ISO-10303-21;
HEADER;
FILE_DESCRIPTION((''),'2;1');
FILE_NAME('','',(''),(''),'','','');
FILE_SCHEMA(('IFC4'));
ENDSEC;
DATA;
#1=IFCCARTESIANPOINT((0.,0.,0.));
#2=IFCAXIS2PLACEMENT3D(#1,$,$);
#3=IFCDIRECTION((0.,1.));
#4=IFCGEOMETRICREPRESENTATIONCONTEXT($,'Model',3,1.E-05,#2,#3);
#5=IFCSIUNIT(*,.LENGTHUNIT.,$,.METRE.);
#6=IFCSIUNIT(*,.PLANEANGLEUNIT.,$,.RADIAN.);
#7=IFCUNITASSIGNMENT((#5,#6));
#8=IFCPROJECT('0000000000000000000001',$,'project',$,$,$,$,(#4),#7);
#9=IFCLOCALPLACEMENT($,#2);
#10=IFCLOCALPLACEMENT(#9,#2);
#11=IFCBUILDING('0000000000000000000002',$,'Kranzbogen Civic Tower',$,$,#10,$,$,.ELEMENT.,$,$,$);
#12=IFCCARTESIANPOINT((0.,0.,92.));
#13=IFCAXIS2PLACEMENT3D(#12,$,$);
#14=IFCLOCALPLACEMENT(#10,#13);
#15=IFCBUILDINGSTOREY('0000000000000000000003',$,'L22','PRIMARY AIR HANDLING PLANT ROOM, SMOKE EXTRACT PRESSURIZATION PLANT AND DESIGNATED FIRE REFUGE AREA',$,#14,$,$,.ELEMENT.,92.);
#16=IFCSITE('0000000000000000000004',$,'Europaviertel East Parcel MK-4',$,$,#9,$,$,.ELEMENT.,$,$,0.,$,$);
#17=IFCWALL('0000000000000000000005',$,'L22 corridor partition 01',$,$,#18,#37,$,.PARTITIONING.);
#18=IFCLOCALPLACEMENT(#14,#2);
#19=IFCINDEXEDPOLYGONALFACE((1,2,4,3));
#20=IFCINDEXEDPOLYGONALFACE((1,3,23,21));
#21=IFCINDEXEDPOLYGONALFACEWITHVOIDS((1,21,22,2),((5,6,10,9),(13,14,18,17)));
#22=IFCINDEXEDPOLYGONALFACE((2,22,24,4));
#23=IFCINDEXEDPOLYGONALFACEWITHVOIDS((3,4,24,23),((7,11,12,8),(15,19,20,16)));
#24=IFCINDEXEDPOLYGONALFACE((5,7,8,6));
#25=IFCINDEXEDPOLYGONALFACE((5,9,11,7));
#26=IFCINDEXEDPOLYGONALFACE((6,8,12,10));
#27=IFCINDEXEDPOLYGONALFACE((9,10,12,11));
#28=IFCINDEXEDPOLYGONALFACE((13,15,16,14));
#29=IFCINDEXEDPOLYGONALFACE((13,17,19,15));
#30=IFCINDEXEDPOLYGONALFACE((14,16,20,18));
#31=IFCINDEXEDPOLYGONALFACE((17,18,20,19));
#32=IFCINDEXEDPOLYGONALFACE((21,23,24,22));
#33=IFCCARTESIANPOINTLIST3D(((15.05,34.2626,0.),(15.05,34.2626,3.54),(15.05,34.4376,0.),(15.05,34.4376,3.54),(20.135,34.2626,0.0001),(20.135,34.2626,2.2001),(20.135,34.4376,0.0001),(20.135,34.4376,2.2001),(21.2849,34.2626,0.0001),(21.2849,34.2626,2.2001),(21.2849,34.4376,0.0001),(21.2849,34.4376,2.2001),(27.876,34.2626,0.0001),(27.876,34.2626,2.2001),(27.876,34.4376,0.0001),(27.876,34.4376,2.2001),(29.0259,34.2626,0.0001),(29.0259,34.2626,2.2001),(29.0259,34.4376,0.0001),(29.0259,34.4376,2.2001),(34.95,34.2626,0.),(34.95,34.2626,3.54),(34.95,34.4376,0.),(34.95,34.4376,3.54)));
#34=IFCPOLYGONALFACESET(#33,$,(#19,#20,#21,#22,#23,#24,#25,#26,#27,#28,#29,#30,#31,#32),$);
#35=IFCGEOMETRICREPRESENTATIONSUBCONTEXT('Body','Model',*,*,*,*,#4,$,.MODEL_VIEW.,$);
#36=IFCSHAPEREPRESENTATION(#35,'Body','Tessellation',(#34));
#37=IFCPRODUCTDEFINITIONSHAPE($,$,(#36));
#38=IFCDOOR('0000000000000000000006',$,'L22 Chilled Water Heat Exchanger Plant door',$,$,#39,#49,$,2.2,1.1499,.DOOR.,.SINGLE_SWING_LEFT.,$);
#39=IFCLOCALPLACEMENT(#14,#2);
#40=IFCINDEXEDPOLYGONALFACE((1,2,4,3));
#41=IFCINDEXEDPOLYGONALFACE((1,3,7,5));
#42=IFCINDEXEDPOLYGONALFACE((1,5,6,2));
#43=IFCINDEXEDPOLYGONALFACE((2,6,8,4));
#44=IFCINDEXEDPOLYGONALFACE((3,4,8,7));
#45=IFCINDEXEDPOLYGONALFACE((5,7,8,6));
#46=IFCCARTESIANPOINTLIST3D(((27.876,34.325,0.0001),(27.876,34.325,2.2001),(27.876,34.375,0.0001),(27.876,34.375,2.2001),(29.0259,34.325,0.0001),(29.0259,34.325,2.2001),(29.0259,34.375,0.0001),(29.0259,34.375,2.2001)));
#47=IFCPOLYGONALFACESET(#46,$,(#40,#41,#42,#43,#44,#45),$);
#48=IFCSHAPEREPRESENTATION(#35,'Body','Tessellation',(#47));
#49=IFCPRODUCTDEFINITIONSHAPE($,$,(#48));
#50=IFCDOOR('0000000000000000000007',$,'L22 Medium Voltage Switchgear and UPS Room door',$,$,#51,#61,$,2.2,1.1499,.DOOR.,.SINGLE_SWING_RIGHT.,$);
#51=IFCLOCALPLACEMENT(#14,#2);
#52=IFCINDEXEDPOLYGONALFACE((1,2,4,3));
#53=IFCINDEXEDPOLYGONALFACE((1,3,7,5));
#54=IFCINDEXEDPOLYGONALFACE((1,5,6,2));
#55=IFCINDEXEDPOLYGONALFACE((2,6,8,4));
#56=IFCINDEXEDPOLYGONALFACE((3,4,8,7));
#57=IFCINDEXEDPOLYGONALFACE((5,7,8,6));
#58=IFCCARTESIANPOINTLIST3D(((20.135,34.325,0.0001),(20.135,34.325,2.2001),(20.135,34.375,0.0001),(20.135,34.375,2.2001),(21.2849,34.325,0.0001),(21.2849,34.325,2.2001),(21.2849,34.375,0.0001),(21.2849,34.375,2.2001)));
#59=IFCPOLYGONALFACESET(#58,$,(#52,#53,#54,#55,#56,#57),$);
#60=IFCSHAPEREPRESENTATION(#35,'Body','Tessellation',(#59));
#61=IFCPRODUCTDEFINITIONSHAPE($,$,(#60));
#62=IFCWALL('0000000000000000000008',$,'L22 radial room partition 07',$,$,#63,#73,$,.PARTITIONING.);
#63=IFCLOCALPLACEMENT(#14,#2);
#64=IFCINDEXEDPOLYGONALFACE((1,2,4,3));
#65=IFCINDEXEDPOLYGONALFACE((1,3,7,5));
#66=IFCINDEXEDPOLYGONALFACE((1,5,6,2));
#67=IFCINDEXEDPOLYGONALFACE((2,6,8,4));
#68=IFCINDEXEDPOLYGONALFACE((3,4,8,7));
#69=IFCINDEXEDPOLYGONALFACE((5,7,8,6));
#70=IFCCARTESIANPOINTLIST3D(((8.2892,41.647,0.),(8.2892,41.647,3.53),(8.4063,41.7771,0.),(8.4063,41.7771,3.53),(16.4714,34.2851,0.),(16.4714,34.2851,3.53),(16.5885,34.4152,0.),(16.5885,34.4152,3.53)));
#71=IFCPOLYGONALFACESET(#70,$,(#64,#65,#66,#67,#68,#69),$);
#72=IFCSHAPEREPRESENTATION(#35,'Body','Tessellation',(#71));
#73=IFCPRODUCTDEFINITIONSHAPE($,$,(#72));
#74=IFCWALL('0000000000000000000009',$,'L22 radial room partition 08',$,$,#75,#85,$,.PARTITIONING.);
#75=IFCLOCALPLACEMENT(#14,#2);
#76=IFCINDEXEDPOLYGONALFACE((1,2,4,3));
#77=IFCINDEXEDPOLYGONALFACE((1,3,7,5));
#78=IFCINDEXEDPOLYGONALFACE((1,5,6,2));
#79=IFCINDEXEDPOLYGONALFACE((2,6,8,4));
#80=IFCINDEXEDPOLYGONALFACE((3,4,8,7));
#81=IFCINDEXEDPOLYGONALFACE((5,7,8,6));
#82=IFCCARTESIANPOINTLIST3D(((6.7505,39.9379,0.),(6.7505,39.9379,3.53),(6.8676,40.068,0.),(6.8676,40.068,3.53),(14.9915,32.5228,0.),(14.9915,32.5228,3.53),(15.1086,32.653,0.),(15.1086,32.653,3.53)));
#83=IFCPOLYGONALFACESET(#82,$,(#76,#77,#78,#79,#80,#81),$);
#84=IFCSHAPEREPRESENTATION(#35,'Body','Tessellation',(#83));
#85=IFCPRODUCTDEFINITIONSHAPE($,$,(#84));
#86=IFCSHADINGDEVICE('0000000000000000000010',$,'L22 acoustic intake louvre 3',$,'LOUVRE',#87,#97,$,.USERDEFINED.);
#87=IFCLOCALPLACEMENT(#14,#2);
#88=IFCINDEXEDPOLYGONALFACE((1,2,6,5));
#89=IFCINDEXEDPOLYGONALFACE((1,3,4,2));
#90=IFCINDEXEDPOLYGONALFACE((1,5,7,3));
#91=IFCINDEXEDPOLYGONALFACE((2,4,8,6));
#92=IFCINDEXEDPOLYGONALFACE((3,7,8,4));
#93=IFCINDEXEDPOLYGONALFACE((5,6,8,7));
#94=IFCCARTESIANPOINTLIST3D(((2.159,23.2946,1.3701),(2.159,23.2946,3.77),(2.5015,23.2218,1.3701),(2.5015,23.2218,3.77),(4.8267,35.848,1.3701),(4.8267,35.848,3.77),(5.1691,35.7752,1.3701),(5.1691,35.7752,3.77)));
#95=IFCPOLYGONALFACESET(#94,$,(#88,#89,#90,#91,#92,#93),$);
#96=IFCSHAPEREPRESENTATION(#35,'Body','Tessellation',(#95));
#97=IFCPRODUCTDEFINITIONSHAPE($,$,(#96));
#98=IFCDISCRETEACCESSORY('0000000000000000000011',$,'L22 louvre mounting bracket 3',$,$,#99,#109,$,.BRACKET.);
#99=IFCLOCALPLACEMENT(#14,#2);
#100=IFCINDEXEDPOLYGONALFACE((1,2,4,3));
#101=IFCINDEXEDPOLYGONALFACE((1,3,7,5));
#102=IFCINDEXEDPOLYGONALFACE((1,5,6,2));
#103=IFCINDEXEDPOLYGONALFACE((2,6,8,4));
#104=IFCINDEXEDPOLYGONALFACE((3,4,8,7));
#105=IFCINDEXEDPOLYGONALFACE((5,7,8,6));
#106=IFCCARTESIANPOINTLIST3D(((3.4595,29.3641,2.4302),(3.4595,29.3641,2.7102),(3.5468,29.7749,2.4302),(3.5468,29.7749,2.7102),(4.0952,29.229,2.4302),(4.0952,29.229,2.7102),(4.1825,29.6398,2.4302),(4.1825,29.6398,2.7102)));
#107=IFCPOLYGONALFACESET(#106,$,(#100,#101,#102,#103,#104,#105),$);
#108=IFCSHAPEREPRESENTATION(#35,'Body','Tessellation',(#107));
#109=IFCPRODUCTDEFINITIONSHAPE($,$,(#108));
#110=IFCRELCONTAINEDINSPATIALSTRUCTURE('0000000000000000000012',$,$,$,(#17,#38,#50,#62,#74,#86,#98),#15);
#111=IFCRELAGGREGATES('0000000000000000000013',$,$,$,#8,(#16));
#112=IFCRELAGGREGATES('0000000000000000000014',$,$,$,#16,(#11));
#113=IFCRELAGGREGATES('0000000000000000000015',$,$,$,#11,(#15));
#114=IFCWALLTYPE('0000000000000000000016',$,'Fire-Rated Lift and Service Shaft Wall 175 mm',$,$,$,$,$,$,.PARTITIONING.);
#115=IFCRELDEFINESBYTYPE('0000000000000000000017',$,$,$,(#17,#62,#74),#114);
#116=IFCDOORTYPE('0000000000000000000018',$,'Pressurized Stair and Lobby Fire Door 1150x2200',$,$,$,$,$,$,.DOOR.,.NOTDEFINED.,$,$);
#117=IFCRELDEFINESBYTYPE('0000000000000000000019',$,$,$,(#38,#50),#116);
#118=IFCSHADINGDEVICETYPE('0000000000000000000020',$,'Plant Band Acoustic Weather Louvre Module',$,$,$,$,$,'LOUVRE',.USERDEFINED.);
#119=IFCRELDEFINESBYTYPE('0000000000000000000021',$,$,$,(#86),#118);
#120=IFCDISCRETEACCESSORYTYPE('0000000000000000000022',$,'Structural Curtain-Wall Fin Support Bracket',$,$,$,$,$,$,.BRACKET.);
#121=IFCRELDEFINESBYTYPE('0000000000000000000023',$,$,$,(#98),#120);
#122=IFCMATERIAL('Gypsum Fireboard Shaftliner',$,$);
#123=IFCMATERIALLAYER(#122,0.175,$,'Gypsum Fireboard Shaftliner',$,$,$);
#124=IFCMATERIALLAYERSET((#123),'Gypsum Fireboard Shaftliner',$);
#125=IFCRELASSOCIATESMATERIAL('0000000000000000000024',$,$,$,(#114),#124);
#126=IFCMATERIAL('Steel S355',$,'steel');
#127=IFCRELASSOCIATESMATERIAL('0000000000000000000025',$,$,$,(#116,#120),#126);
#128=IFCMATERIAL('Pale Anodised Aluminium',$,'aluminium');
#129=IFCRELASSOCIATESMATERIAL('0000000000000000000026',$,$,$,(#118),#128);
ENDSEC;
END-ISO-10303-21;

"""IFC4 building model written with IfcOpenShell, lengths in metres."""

from ifc_helpers import new_model, si_unit, direction, frame, frame_2d, origin, origin_2d, place, context, subcontext, project, spatial, rectangle, extrude, material, layer, layer_set, type_object, element, fill, save


model = new_model("IFC4")

# Units and contexts
model_context = context("Model", 3, precision=1e-05, world=origin(), true_north=direction((0.0, 1.0)))
body_context = subcontext(model_context, "Body", "Model", "MODEL_VIEW")
ifc_project = project(units=[si_unit("LENGTHUNIT", "METRE"), si_unit("PLANEANGLEUNIT", "RADIAN")], contexts=[model_context])

# Site, building, storey
site_placement = place(None, origin())
site = spatial("IfcSite", under=ifc_project, at=site_placement, Name="Europaviertel East Parcel MK-4", CompositionType="ELEMENT", RefElevation=0.0)
building_placement = place(site_placement, origin())
building = spatial("IfcBuilding", under=site, at=building_placement, Name="Kranzbogen Civic Tower", CompositionType="ELEMENT")
storey_placement = place(building_placement, frame((0.0, 0.0, 92.0)))
storey = spatial("IfcBuildingStorey", under=building, at=storey_placement, Name="L22", Description="PRIMARY AIR HANDLING PLANT ROOM, SMOKE EXTRACT PRESSURIZATION PLANT AND DESIGNATED FIRE REFUGE AREA", CompositionType="ELEMENT", Elevation=92.0)

# Shared definitions
ifc_material_1 = material(Name="Steel S355", Category="steel")

# Wall, openings, doors
ifc_material_2 = material(Name="Gypsum Fireboard Shaftliner")
ifc_layer_1 = layer(ifc_material_2, 0.175, Name="Gypsum Fireboard Shaftliner")
ifc_layer_set_1 = layer_set([ifc_layer_1], Name="Gypsum Fireboard Shaftliner")
wall_type = type_object("IfcWallType", Name="Fire-Rated Lift and Service Shaft Wall 175 mm", PredefinedType="PARTITIONING", material=ifc_layer_set_1)
wall_1_placement = place(storey_placement, frame((15.05, 34.3501, 0.0), z_axis=(0.0, 0.0, 1.0), x_axis=(1.0, 0.0, 0.0)))
wall_1 = element("IfcWall", 1, at=wall_1_placement, inside=storey, type_object=wall_type, Name="L22 corridor partition 01", PredefinedType="PARTITIONING", context=body_context, shape_type="SweptSolid", body=[
    extrude(rectangle(XDim=19.8999, YDim=0.175, at=frame_2d((9.95, 0.0))), origin(), (0.0, 0.0, 1.0), 3.54),
])
opening_1_placement = place(wall_1_placement, frame((12.8259, 0.0, 0.0)))
opening_1 = element("IfcOpeningElement", 2, at=opening_1_placement, cuts=wall_1, PredefinedType="OPENING", context=body_context, shape_type="SweptSolid", body=[
    extrude(rectangle(XDim=1.1499, YDim=2.2, at=frame_2d((0.575, 1.1001))), frame((0.0, 0.0977, 0.0), z_axis=(0.0, -1.0, 0.0), x_axis=(1.0, 0.0, 0.0)), (0.0, 0.0, 1.0), 0.1951),
])
opening_2_placement = place(wall_1_placement, frame((5.085, 0.0, 0.0)))
opening_2 = element("IfcOpeningElement", 3, at=opening_2_placement, cuts=wall_1, PredefinedType="OPENING", context=body_context, shape_type="SweptSolid", body=[
    extrude(rectangle(XDim=1.1499, YDim=2.2, at=frame_2d((0.575, 1.1001))), frame((0.0, 0.0977, 0.0), z_axis=(0.0, -1.0, 0.0), x_axis=(1.0, 0.0, 0.0)), (0.0, 0.0, 1.0), 0.1951),
])
door_type = type_object("IfcDoorType", Name="Pressurized Stair and Lobby Fire Door 1150x2200", OperationType="NOTDEFINED", PredefinedType="DOOR", material=ifc_material_1)
door_1_placement = place(opening_1_placement, origin())
door_1 = element("IfcDoor", 4, at=door_1_placement, inside=storey, type_object=door_type, Name="L22 Chilled Water Heat Exchanger Plant door", OperationType="SINGLE_SWING_LEFT", OverallHeight=2.2, OverallWidth=1.1499, PredefinedType="DOOR", context=body_context, shape_type="SweptSolid", body=[
    extrude(rectangle(XDim=1.1499, YDim=2.2, at=frame_2d((0.575, 1.1001))), frame((0.0, 0.0249, 0.0), z_axis=(0.0, -1.0, 0.0), x_axis=(1.0, 0.0, 0.0)), (0.0, 0.0, 1.0), 0.05),
])
fill(opening_1, door_1)
door_2_placement = place(opening_2_placement, origin())
door_2 = element("IfcDoor", 5, at=door_2_placement, inside=storey, type_object=door_type, Name="L22 Medium Voltage Switchgear and UPS Room door", OperationType="SINGLE_SWING_RIGHT", OverallHeight=2.2, OverallWidth=1.1499, PredefinedType="DOOR", context=body_context, shape_type="SweptSolid", body=[
    extrude(rectangle(XDim=1.1499, YDim=2.2, at=frame_2d((0.575, 1.1001))), frame((0.0, 0.0249, 0.0), z_axis=(0.0, -1.0, 0.0), x_axis=(1.0, 0.0, 0.0)), (0.0, 0.0, 1.0), 0.05),
])
fill(opening_2, door_2)

# Walls
wall_2_placement = place(storey_placement, frame((16.53, 34.3501, 0.0), z_axis=(0.0, 0.0, 1.0), x_axis=(-0.743389, 0.668859, 0.0)))
element("IfcWall", 6, at=wall_2_placement, inside=storey, type_object=wall_type, Name="L22 radial room partition 07", PredefinedType="PARTITIONING", context=body_context, shape_type="SweptSolid", body=[
    extrude(rectangle(XDim=11.0066, YDim=0.175, at=frame_2d((5.5034, 0.0))), origin(), (0.0, 0.0, 1.0), 3.53),
])
wall_3_placement = place(storey_placement, frame((15.05, 32.5879, 0.0), z_axis=(0.0, 0.0, 1.0), x_axis=(-0.743376, 0.668873, 0.0)))
element("IfcWall", 7, at=wall_3_placement, inside=storey, type_object=wall_type, Name="L22 radial room partition 08", PredefinedType="PARTITIONING", context=body_context, shape_type="SweptSolid", body=[
    extrude(rectangle(XDim=11.0859, YDim=0.175, at=frame_2d((5.543, 0.0))), origin(), (0.0, 0.0, 1.0), 3.53),
])

# Shading device
ifc_material_3 = material(Name="Pale Anodised Aluminium", Category="aluminium")
shading_device_type = type_object("IfcShadingDeviceType", Name="Plant Band Acoustic Weather Louvre Module", ElementType="LOUVRE", PredefinedType="USERDEFINED", material=ifc_material_3)
shading_device_placement = place(storey_placement, frame((3.6641, 29.5349, 1.3701), z_axis=(0.0, 0.0, 1.0), x_axis=(-0.20786, -0.978158, 0.0)))
element("IfcShadingDevice", 8, at=shading_device_placement, inside=storey, type_object=shading_device_type, Name="L22 acoustic intake louvre 3", ObjectType="LOUVRE", PredefinedType="USERDEFINED", context=body_context, shape_type="SweptSolid", body=[
    extrude(rectangle(XDim=12.8337, YDim=0.3501, at=origin_2d()), origin(), (0.0, 0.0, 1.0), 2.3999),
])

# Discrete accessory
discrete_accessory_type = type_object("IfcDiscreteAccessoryType", Name="Structural Curtain-Wall Fin Support Bracket", PredefinedType="BRACKET", material=ifc_material_1)
discrete_accessory_placement = place(storey_placement, frame((3.821, 29.502, 2.4302), z_axis=(0.0, 0.0, 1.0), x_axis=(-0.978148, 0.207912, 0.0)))
element("IfcDiscreteAccessory", 9, at=discrete_accessory_placement, inside=storey, type_object=discrete_accessory_type, Name="L22 louvre mounting bracket 3", PredefinedType="BRACKET", context=body_context, shape_type="SweptSolid", body=[
    extrude(rectangle(XDim=0.6499, YDim=0.4199, at=origin_2d()), origin(), (0.0, 0.0, 1.0), 0.28),
])

save(model, "model.ifc")
